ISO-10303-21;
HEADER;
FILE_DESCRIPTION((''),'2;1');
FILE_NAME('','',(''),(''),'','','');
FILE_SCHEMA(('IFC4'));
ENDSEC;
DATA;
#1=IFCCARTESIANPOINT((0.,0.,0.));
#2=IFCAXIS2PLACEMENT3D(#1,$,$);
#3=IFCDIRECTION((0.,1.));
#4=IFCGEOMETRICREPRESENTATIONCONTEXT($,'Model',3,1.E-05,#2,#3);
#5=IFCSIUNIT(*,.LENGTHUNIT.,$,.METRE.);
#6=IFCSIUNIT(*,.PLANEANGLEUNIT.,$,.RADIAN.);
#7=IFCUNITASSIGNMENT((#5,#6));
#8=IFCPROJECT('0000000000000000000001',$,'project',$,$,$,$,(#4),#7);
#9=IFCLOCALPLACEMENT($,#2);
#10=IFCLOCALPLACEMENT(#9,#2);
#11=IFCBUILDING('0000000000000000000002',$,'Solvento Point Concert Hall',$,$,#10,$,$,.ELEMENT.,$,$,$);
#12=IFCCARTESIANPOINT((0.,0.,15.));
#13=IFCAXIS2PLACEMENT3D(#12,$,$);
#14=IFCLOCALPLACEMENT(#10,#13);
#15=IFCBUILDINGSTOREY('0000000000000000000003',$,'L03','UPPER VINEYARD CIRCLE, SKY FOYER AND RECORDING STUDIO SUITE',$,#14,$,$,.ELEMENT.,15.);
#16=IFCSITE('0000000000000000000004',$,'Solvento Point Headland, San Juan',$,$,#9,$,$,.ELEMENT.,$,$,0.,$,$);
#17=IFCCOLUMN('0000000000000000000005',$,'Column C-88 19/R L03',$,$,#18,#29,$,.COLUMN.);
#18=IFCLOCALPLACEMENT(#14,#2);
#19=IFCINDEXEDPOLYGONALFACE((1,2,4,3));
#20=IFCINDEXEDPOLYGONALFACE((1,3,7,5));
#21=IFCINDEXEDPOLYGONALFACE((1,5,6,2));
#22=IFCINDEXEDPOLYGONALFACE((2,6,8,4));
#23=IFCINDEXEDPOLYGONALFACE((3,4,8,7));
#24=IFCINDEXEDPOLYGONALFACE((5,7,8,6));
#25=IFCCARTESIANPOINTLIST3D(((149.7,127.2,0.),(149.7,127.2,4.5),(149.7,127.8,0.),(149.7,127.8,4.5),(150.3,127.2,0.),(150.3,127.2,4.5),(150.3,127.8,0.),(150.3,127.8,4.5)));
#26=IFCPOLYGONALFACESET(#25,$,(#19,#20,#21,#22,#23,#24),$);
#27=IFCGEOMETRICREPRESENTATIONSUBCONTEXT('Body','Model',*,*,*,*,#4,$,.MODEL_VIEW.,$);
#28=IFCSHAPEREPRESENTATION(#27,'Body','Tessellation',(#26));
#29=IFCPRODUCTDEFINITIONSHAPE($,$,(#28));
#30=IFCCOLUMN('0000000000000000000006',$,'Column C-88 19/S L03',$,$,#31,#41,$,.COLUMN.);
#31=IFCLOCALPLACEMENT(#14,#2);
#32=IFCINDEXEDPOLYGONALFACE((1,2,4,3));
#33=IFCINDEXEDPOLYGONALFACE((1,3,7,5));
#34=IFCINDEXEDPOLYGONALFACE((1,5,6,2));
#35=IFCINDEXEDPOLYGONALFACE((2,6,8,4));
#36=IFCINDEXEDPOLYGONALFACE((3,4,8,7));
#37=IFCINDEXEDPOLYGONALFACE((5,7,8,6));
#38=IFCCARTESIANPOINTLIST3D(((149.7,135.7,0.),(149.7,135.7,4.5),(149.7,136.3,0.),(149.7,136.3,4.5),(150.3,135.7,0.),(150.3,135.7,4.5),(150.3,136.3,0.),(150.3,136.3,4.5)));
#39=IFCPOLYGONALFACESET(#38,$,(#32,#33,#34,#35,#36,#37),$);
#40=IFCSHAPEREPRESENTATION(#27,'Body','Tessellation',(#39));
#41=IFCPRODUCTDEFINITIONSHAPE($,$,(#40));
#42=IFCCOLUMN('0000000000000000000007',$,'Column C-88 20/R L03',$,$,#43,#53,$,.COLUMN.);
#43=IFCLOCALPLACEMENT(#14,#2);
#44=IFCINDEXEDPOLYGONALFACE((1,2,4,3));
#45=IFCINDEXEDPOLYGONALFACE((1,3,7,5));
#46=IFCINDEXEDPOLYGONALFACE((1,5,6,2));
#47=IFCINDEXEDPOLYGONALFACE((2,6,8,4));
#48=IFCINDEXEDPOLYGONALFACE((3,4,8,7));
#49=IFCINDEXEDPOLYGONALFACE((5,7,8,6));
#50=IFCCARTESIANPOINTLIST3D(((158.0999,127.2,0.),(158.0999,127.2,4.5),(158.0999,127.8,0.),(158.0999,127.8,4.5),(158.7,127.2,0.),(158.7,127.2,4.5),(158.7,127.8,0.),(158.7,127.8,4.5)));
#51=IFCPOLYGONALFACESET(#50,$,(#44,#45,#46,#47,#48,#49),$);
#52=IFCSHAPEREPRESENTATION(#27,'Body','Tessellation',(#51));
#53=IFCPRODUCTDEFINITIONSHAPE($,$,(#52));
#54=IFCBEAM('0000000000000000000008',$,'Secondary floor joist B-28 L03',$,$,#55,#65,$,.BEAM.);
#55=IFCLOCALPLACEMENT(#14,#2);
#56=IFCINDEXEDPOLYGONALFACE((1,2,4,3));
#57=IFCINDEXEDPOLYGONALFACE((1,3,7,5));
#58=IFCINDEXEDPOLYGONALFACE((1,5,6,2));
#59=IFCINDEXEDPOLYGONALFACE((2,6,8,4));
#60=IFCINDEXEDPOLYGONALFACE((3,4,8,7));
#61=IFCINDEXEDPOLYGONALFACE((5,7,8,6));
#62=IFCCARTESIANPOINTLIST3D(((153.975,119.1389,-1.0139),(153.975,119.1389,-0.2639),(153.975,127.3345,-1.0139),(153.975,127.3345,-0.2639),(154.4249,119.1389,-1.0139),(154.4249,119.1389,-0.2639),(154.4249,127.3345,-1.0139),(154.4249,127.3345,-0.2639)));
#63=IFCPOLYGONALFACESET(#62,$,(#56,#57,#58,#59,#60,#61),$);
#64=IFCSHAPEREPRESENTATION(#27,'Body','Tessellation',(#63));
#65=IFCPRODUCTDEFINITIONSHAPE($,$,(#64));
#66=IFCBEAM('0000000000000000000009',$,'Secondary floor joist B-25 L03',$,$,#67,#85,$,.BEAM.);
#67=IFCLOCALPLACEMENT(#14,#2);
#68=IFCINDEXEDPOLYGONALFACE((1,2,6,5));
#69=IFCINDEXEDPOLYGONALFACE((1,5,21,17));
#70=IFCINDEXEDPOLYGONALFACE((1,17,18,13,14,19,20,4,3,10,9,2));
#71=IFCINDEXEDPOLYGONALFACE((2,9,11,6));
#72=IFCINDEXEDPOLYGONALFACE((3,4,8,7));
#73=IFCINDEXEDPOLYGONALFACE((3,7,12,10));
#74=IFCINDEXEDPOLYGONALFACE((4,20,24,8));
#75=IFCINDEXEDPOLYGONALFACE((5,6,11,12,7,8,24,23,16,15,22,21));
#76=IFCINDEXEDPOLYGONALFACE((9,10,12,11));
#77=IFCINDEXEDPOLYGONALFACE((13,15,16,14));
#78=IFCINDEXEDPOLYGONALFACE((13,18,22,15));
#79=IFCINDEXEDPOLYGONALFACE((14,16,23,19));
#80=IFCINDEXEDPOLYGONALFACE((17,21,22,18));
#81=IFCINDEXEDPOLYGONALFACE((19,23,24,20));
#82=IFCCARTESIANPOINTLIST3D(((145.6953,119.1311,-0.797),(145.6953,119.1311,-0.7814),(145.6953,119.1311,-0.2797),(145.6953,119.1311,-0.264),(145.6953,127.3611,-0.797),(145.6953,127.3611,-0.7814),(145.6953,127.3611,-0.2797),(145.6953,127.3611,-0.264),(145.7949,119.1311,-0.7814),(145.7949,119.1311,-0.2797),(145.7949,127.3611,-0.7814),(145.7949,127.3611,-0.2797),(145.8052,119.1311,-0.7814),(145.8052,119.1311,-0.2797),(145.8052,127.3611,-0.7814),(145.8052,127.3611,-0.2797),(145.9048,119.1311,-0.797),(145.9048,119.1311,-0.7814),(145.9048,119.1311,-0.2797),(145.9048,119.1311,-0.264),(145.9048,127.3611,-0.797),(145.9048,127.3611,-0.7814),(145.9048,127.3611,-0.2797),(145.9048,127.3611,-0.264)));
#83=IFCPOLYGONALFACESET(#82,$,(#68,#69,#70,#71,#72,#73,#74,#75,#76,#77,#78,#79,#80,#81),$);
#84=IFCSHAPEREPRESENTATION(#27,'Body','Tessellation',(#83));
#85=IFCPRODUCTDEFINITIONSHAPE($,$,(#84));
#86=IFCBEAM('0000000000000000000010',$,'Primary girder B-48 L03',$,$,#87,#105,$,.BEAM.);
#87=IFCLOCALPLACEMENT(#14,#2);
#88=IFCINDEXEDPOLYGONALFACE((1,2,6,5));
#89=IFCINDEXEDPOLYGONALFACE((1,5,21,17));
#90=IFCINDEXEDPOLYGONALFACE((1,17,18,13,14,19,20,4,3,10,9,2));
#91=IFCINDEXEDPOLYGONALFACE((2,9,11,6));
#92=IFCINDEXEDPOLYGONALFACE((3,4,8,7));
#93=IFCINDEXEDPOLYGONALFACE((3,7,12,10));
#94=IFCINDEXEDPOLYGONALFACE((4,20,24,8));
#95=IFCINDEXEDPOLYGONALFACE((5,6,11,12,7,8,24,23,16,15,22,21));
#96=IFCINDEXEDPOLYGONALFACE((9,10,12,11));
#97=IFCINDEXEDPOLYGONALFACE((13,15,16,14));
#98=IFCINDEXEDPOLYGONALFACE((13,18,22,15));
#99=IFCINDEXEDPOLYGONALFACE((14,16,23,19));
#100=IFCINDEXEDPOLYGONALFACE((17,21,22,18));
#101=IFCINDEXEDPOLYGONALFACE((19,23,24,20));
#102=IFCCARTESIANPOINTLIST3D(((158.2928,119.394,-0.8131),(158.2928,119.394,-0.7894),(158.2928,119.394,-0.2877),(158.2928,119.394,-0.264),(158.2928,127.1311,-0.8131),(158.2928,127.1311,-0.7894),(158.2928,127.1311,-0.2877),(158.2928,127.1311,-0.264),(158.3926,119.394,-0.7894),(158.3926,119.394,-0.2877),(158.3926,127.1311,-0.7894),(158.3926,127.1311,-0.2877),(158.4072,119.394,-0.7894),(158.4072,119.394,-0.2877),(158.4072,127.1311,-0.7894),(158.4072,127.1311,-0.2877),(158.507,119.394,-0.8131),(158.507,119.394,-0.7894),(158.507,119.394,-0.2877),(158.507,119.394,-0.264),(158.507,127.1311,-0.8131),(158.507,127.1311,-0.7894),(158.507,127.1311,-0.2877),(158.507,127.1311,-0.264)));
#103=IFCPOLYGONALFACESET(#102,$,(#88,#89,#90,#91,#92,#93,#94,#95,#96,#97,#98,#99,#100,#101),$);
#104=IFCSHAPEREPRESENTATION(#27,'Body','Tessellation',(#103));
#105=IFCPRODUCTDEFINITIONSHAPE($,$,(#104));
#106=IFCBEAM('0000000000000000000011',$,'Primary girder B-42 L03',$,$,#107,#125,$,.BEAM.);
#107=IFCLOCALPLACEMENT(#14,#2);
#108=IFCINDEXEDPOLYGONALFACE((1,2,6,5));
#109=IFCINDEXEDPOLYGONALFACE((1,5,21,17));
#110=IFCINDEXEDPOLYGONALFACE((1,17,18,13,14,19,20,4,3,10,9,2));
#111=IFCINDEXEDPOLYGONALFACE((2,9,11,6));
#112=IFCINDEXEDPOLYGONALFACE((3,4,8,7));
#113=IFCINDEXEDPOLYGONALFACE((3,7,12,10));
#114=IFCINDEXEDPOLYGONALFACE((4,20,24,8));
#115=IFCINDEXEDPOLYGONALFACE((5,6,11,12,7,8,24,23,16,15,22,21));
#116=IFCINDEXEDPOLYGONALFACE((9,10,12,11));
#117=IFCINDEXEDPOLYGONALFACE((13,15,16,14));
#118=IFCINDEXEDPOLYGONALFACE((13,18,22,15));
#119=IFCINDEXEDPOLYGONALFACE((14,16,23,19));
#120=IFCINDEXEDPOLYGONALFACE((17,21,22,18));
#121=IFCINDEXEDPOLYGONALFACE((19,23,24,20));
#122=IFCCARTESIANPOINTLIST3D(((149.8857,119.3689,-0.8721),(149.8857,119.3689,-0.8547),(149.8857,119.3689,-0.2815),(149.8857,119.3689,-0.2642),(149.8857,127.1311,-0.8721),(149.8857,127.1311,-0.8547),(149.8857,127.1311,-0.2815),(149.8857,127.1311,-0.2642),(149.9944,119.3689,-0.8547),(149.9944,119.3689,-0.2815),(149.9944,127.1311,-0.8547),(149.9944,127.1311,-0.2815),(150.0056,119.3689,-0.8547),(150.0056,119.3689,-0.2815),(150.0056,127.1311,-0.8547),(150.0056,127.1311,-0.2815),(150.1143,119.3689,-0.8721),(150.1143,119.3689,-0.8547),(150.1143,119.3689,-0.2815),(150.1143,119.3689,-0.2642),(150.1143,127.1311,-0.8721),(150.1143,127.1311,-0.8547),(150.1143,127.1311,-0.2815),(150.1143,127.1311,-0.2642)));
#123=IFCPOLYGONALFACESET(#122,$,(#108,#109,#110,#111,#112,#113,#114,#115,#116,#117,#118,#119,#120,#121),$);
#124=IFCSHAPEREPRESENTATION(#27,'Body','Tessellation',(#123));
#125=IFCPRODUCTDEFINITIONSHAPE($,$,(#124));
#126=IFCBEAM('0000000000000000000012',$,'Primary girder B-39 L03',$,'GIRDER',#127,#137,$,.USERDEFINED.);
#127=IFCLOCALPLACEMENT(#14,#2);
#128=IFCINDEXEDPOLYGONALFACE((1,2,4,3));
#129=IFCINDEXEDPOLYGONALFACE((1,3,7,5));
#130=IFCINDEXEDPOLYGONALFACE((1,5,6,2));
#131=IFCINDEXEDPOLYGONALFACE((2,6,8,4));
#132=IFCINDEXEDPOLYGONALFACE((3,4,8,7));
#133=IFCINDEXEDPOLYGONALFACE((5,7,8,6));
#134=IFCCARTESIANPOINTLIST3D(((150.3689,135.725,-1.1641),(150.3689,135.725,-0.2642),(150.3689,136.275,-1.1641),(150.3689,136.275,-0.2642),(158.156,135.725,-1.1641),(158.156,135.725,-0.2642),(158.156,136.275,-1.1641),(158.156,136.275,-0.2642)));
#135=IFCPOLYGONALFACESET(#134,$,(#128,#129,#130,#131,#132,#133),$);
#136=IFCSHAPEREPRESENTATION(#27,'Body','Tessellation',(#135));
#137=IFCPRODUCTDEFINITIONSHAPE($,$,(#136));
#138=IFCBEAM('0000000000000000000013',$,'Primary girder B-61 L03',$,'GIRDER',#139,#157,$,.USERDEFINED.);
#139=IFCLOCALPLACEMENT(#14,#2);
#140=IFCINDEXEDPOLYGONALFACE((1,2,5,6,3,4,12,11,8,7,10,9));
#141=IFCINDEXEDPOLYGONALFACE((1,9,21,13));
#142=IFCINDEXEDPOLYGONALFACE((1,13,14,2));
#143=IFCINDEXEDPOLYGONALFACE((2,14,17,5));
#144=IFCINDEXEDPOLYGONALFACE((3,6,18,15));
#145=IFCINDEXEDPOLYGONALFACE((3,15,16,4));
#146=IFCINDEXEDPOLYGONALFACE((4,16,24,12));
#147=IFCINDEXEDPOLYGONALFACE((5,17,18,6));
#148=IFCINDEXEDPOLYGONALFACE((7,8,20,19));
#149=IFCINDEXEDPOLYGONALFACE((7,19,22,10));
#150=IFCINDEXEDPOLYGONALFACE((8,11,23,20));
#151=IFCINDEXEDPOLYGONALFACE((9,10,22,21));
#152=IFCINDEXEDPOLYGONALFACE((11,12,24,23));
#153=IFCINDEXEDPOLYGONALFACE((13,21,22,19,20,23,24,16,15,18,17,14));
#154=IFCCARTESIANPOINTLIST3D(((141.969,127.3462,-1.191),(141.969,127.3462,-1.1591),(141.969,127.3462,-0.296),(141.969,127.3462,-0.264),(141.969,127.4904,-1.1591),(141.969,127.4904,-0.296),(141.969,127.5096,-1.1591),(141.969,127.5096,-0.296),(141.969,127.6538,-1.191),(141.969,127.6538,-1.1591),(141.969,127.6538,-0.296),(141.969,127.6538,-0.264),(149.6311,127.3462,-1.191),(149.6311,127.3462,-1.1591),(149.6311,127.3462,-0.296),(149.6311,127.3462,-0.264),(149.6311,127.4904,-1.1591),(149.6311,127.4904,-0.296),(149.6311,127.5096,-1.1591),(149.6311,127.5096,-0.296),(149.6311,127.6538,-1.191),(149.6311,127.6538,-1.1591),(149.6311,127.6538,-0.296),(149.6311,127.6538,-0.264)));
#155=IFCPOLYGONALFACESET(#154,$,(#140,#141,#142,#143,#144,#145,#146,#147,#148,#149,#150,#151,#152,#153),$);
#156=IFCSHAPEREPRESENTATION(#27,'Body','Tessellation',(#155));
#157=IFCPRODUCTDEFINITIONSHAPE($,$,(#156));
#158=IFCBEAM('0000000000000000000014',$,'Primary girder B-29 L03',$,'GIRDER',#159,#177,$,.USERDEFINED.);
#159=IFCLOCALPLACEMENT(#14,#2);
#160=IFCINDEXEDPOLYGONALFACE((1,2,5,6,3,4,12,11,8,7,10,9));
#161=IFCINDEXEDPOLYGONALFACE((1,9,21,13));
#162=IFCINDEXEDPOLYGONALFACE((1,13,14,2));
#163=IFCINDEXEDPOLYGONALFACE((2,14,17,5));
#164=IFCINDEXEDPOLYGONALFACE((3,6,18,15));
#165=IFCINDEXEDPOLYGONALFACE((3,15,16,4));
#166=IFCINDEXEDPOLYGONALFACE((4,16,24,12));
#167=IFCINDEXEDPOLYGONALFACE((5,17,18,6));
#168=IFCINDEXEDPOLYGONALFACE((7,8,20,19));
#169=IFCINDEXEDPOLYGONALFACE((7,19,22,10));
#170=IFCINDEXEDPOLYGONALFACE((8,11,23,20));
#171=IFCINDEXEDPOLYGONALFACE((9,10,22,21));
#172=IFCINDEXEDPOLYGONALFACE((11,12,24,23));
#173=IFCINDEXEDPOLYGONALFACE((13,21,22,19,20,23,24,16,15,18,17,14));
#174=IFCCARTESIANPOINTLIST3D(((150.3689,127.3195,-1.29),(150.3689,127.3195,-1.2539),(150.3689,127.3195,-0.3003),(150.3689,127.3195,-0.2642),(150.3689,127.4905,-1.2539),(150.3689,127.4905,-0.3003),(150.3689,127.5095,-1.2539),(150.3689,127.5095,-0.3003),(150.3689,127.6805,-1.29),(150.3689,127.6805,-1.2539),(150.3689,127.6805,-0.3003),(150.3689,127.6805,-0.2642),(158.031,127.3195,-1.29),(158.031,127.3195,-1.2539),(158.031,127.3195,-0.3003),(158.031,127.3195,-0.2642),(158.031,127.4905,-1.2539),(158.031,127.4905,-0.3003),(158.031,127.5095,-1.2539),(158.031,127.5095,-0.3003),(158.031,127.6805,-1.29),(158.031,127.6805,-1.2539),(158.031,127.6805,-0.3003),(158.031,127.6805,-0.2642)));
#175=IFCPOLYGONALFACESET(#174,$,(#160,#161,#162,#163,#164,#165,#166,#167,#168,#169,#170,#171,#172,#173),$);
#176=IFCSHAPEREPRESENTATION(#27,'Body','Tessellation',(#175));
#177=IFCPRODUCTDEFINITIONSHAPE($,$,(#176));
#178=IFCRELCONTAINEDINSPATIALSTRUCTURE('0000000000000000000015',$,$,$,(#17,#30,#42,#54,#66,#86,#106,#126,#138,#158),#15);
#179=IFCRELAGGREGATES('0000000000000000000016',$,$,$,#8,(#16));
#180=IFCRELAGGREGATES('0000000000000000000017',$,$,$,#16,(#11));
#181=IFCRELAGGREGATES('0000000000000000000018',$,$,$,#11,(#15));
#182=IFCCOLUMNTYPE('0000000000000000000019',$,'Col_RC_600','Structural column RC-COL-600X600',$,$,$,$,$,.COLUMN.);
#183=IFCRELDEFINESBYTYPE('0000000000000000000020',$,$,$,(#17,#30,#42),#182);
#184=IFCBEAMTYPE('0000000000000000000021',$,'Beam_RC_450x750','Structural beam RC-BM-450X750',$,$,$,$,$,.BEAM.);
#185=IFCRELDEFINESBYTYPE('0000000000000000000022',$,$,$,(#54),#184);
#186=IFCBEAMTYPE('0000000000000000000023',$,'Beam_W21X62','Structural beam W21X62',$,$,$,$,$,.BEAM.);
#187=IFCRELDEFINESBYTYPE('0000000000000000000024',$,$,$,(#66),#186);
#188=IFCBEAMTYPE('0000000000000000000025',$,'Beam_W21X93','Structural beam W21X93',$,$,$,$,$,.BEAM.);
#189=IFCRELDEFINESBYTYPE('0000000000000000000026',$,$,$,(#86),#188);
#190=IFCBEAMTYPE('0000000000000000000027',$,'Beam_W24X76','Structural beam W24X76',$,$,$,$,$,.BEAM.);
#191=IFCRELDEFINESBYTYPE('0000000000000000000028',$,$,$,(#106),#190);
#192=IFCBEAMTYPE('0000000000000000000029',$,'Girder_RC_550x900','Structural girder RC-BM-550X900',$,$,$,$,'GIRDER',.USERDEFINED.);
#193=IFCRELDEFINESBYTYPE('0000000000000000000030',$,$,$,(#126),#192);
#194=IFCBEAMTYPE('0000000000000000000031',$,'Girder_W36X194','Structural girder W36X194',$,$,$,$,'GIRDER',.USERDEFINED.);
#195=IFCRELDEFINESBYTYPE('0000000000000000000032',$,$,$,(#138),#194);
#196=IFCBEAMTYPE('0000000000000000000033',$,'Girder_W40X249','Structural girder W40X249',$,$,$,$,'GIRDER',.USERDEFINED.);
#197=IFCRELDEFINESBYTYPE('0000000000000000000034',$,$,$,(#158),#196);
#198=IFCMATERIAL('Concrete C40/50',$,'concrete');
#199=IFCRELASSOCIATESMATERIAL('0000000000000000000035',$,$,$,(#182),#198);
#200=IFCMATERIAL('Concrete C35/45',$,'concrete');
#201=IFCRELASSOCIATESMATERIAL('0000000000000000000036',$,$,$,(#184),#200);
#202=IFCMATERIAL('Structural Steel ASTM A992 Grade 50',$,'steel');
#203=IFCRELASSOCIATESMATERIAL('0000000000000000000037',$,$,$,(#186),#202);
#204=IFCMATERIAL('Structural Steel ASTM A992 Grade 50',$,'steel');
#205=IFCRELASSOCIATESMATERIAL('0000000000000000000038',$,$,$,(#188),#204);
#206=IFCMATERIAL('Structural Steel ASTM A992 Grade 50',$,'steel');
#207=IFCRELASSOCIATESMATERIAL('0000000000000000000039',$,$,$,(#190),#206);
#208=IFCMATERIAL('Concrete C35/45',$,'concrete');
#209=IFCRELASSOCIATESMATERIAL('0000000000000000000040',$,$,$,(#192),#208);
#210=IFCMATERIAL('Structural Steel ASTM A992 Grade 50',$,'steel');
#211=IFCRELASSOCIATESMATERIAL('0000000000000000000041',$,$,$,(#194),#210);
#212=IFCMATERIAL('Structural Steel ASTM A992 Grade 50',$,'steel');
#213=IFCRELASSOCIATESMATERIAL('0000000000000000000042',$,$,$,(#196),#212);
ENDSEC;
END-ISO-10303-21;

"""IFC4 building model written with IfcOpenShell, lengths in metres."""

from ifc_helpers import new_model, si_unit, direction, frame, origin, origin_2d, place, context, subcontext, project, spatial, rectangle, i_section, extrude, material, material_profile, profile_set, type_object, element, save


model = new_model("IFC4")

# Units and contexts
model_context = context("Model", 3, precision=1e-05, world=origin(), true_north=direction((0.0, 1.0)))
body_context = subcontext(model_context, "Body", "Model", "MODEL_VIEW")
ifc_project = project(units=[si_unit("LENGTHUNIT", "METRE"), si_unit("PLANEANGLEUNIT", "RADIAN")], contexts=[model_context])

# Site, building, storey
site_placement = place(None, origin())
site = spatial("IfcSite", under=ifc_project, at=site_placement, Name="Solvento Point Headland, San Juan", CompositionType="ELEMENT", RefElevation=0.0)
building_placement = place(site_placement, origin())
building = spatial("IfcBuilding", under=site, at=building_placement, Name="Solvento Point Concert Hall", CompositionType="ELEMENT")
storey_placement = place(building_placement, frame((0.0, 0.0, 15.0)))
storey = spatial("IfcBuildingStorey", under=building, at=storey_placement, Name="L03", Description="UPPER VINEYARD CIRCLE, SKY FOYER AND RECORDING STUDIO SUITE", CompositionType="ELEMENT", Elevation=15.0)

# Columns
ifc_material_1 = material(Name="Concrete C40/50", Category="concrete")
ifc_material_profile_1 = material_profile(ifc_material_1, rectangle(XDim=0.6001, YDim=0.6001, at=origin_2d()), Name="RC-COL-600X600")
ifc_profile_set_1 = profile_set([ifc_material_profile_1], Name="Concrete C40/50")
column_type = type_object("IfcColumnType", Name="Col_RC_600", Description="Structural column RC-COL-600X600", PredefinedType="COLUMN", material=ifc_profile_set_1)
for number, where, z_axis, x_axis, name in (
    (1, (150.0, 127.5, 0.0), (0.0, 0.0, 1.0), (1.0, 0.0, 0.0), "Column C-88 19/R L03"),
    (2, (150.0, 136.0, 0.0), (0.0, 0.0, 1.0), (1.0, 0.0, 0.0), "Column C-88 19/S L03"),
    (3, (158.3999, 127.5, 0.0), (0.0, 0.0, 1.0), (1.0, 0.0, 0.0), "Column C-88 20/R L03"),
):
    element("IfcColumn", number, at=place(storey_placement, frame(where, z_axis=z_axis, x_axis=x_axis)), inside=storey, type_object=column_type, Name=name, PredefinedType="COLUMN", context=body_context, shape_type="SweptSolid", body=[
        extrude(rectangle(XDim=0.6001, YDim=0.6001, at=origin_2d()), origin(), (0.0, 0.0, 1.0), 4.5),
    ])

# Beams
ifc_material_2 = material(Name="Concrete C35/45", Category="concrete")
ifc_material_profile_2 = material_profile(ifc_material_2, rectangle(XDim=0.45, YDim=0.75, at=origin_2d()), Name="RC-BM-450X750")
ifc_profile_set_2 = profile_set([ifc_material_profile_2], Name="Concrete C35/45")
beam_type_1 = type_object("IfcBeamType", Name="Beam_RC_450x750", Description="Structural beam RC-BM-450X750", PredefinedType="BEAM", material=ifc_profile_set_2)
beam_1_placement = place(storey_placement, frame((154.2, 119.1389, -0.6389), z_axis=(0.0, 1.0, 0.0), x_axis=(-1.0, 0.0, 0.0)))
element("IfcBeam", 4, at=beam_1_placement, inside=storey, type_object=beam_type_1, Name="Secondary floor joist B-28 L03", PredefinedType="BEAM", context=body_context, shape_type="SweptSolid", body=[
    extrude(rectangle(XDim=0.45, YDim=0.75, at=origin_2d()), origin(), (0.0, 0.0, 1.0), 8.1956),
])
ifc_material_3 = material(Name="Structural Steel ASTM A992 Grade 50", Category="steel")
ifc_material_profile_3 = material_profile(ifc_material_3, i_section(OverallWidth=0.2095, OverallDepth=0.533, WebThickness=0.0103, FlangeThickness=0.0156, at=origin_2d()), Name="W21X62")
ifc_profile_set_3 = profile_set([ifc_material_profile_3], Name="Structural Steel ASTM A992 Grade 50")
beam_type_2 = type_object("IfcBeamType", Name="Beam_W21X62", Description="Structural beam W21X62", PredefinedType="BEAM", material=ifc_profile_set_3)
beam_2_placement = place(storey_placement, frame((145.8, 119.1311, -0.5305), z_axis=(0.0, 1.0, 0.0), x_axis=(-1.0, 0.0, 0.0)))
element("IfcBeam", 5, at=beam_2_placement, inside=storey, type_object=beam_type_2, Name="Secondary floor joist B-25 L03", PredefinedType="BEAM", context=body_context, shape_type="SweptSolid", body=[
    extrude(i_section(OverallWidth=0.2095, OverallDepth=0.533, WebThickness=0.0103, FlangeThickness=0.0156, at=origin_2d()), origin(), (0.0, 0.0, 1.0), 8.23),
])
ifc_material_4 = material(Name="Structural Steel ASTM A992 Grade 50", Category="steel")
ifc_material_profile_4 = material_profile(ifc_material_4, i_section(OverallWidth=0.2141, OverallDepth=0.5491, WebThickness=0.0146, FlangeThickness=0.0237, at=origin_2d()), Name="W21X93")
ifc_profile_set_4 = profile_set([ifc_material_profile_4], Name="Structural Steel ASTM A992 Grade 50")
beam_type_3 = type_object("IfcBeamType", Name="Beam_W21X93", Description="Structural beam W21X93", PredefinedType="BEAM", material=ifc_profile_set_4)
beam_3_placement = place(storey_placement, frame((158.3999, 119.394, -0.5386), z_axis=(0.0, 1.0, 0.0), x_axis=(-1.0, 0.0, 0.0)))
element("IfcBeam", 6, at=beam_3_placement, inside=storey, type_object=beam_type_3, Name="Primary girder B-48 L03", PredefinedType="BEAM", context=body_context, shape_type="SweptSolid", body=[
    extrude(i_section(OverallWidth=0.2141, OverallDepth=0.5491, WebThickness=0.0146, FlangeThickness=0.0237, at=origin_2d()), origin(), (0.0, 0.0, 1.0), 7.7371),
])
ifc_material_5 = material(Name="Structural Steel ASTM A992 Grade 50", Category="steel")
ifc_material_profile_5 = material_profile(ifc_material_5, i_section(OverallWidth=0.2285, OverallDepth=0.6079, WebThickness=0.0112, FlangeThickness=0.0173, at=origin_2d()), Name="W24X76")
ifc_profile_set_5 = profile_set([ifc_material_profile_5], Name="Structural Steel ASTM A992 Grade 50")
beam_type_4 = type_object("IfcBeamType", Name="Beam_W24X76", Description="Structural beam W24X76", PredefinedType="BEAM", material=ifc_profile_set_5)
beam_4_placement = place(storey_placement, frame((150.0, 119.3689, -0.5681), z_axis=(0.0, 1.0, 0.0), x_axis=(-1.0, 0.0, 0.0)))
element("IfcBeam", 7, at=beam_4_placement, inside=storey, type_object=beam_type_4, Name="Primary girder B-42 L03", PredefinedType="BEAM", context=body_context, shape_type="SweptSolid", body=[
    extrude(i_section(OverallWidth=0.2285, OverallDepth=0.6079, WebThickness=0.0112, FlangeThickness=0.0173, at=origin_2d()), origin(), (0.0, 0.0, 1.0), 7.7622),
])
ifc_material_6 = material(Name="Concrete C35/45", Category="concrete")
ifc_material_profile_6 = material_profile(ifc_material_6, rectangle(XDim=0.55, YDim=0.8999, at=origin_2d()), Name="RC-BM-550X900")
ifc_profile_set_6 = profile_set([ifc_material_profile_6], Name="Concrete C35/45")
beam_type_5 = type_object("IfcBeamType", Name="Girder_RC_550x900", Description="Structural girder RC-BM-550X900", ElementType="GIRDER", PredefinedType="USERDEFINED", material=ifc_profile_set_6)
beam_5_placement = place(storey_placement, frame((150.3689, 136.0, -0.7141), z_axis=(1.0, 0.0, 0.0), x_axis=(0.0, 1.0, 0.0)))
element("IfcBeam", 8, at=beam_5_placement, inside=storey, type_object=beam_type_5, Name="Primary girder B-39 L03", ObjectType="GIRDER", PredefinedType="USERDEFINED", context=body_context, shape_type="SweptSolid", body=[
    extrude(rectangle(XDim=0.55, YDim=0.8999, at=origin_2d()), origin(), (0.0, 0.0, 1.0), 7.7871),
])
ifc_material_7 = material(Name="Structural Steel ASTM A992 Grade 50", Category="steel")
ifc_material_profile_7 = material_profile(ifc_material_7, i_section(OverallWidth=0.3076, OverallDepth=0.927, WebThickness=0.0193, FlangeThickness=0.032, at=origin_2d()), Name="W36X194")
ifc_profile_set_7 = profile_set([ifc_material_profile_7], Name="Structural Steel ASTM A992 Grade 50")
beam_type_6 = type_object("IfcBeamType", Name="Girder_W36X194", Description="Structural girder W36X194", ElementType="GIRDER", PredefinedType="USERDEFINED", material=ifc_profile_set_7)
beam_6_placement = place(storey_placement, frame((141.969, 127.5, -0.7275), z_axis=(1.0, 0.0, 0.0), x_axis=(0.0, 1.0, 0.0)))
element("IfcBeam", 9, at=beam_6_placement, inside=storey, type_object=beam_type_6, Name="Primary girder B-61 L03", ObjectType="GIRDER", PredefinedType="USERDEFINED", context=body_context, shape_type="SweptSolid", body=[
    extrude(i_section(OverallWidth=0.3076, OverallDepth=0.927, WebThickness=0.0193, FlangeThickness=0.032, at=origin_2d()), origin(), (0.0, 0.0, 1.0), 7.6621),
])
ifc_material_8 = material(Name="Structural Steel ASTM A992 Grade 50", Category="steel")
ifc_material_profile_8 = material_profile(ifc_material_8, i_section(OverallWidth=0.3611, OverallDepth=1.0259, WebThickness=0.019, FlangeThickness=0.0361, at=origin_2d()), Name="W40X249")
ifc_profile_set_8 = profile_set([ifc_material_profile_8], Name="Structural Steel ASTM A992 Grade 50")
beam_type_7 = type_object("IfcBeamType", Name="Girder_W40X249", Description="Structural girder W40X249", ElementType="GIRDER", PredefinedType="USERDEFINED", material=ifc_profile_set_8)
for number, where, z_axis, x_axis, name in (
    (10, (150.3689, 127.5, -0.7771), (1.0, 0.0, 0.0), (0.0, 1.0, 0.0), "Primary girder B-29 L03"),
):
    element("IfcBeam", number, at=place(storey_placement, frame(where, z_axis=z_axis, x_axis=x_axis)), inside=storey, type_object=beam_type_7, Name=name, ObjectType="GIRDER", PredefinedType="USERDEFINED", context=body_context, shape_type="SweptSolid", body=[
        extrude(i_section(OverallWidth=0.3611, OverallDepth=1.0259, WebThickness=0.019, FlangeThickness=0.0361, at=origin_2d()), origin(), (0.0, 0.0, 1.0), 7.6621),
    ])

save(model, "model.ifc")
